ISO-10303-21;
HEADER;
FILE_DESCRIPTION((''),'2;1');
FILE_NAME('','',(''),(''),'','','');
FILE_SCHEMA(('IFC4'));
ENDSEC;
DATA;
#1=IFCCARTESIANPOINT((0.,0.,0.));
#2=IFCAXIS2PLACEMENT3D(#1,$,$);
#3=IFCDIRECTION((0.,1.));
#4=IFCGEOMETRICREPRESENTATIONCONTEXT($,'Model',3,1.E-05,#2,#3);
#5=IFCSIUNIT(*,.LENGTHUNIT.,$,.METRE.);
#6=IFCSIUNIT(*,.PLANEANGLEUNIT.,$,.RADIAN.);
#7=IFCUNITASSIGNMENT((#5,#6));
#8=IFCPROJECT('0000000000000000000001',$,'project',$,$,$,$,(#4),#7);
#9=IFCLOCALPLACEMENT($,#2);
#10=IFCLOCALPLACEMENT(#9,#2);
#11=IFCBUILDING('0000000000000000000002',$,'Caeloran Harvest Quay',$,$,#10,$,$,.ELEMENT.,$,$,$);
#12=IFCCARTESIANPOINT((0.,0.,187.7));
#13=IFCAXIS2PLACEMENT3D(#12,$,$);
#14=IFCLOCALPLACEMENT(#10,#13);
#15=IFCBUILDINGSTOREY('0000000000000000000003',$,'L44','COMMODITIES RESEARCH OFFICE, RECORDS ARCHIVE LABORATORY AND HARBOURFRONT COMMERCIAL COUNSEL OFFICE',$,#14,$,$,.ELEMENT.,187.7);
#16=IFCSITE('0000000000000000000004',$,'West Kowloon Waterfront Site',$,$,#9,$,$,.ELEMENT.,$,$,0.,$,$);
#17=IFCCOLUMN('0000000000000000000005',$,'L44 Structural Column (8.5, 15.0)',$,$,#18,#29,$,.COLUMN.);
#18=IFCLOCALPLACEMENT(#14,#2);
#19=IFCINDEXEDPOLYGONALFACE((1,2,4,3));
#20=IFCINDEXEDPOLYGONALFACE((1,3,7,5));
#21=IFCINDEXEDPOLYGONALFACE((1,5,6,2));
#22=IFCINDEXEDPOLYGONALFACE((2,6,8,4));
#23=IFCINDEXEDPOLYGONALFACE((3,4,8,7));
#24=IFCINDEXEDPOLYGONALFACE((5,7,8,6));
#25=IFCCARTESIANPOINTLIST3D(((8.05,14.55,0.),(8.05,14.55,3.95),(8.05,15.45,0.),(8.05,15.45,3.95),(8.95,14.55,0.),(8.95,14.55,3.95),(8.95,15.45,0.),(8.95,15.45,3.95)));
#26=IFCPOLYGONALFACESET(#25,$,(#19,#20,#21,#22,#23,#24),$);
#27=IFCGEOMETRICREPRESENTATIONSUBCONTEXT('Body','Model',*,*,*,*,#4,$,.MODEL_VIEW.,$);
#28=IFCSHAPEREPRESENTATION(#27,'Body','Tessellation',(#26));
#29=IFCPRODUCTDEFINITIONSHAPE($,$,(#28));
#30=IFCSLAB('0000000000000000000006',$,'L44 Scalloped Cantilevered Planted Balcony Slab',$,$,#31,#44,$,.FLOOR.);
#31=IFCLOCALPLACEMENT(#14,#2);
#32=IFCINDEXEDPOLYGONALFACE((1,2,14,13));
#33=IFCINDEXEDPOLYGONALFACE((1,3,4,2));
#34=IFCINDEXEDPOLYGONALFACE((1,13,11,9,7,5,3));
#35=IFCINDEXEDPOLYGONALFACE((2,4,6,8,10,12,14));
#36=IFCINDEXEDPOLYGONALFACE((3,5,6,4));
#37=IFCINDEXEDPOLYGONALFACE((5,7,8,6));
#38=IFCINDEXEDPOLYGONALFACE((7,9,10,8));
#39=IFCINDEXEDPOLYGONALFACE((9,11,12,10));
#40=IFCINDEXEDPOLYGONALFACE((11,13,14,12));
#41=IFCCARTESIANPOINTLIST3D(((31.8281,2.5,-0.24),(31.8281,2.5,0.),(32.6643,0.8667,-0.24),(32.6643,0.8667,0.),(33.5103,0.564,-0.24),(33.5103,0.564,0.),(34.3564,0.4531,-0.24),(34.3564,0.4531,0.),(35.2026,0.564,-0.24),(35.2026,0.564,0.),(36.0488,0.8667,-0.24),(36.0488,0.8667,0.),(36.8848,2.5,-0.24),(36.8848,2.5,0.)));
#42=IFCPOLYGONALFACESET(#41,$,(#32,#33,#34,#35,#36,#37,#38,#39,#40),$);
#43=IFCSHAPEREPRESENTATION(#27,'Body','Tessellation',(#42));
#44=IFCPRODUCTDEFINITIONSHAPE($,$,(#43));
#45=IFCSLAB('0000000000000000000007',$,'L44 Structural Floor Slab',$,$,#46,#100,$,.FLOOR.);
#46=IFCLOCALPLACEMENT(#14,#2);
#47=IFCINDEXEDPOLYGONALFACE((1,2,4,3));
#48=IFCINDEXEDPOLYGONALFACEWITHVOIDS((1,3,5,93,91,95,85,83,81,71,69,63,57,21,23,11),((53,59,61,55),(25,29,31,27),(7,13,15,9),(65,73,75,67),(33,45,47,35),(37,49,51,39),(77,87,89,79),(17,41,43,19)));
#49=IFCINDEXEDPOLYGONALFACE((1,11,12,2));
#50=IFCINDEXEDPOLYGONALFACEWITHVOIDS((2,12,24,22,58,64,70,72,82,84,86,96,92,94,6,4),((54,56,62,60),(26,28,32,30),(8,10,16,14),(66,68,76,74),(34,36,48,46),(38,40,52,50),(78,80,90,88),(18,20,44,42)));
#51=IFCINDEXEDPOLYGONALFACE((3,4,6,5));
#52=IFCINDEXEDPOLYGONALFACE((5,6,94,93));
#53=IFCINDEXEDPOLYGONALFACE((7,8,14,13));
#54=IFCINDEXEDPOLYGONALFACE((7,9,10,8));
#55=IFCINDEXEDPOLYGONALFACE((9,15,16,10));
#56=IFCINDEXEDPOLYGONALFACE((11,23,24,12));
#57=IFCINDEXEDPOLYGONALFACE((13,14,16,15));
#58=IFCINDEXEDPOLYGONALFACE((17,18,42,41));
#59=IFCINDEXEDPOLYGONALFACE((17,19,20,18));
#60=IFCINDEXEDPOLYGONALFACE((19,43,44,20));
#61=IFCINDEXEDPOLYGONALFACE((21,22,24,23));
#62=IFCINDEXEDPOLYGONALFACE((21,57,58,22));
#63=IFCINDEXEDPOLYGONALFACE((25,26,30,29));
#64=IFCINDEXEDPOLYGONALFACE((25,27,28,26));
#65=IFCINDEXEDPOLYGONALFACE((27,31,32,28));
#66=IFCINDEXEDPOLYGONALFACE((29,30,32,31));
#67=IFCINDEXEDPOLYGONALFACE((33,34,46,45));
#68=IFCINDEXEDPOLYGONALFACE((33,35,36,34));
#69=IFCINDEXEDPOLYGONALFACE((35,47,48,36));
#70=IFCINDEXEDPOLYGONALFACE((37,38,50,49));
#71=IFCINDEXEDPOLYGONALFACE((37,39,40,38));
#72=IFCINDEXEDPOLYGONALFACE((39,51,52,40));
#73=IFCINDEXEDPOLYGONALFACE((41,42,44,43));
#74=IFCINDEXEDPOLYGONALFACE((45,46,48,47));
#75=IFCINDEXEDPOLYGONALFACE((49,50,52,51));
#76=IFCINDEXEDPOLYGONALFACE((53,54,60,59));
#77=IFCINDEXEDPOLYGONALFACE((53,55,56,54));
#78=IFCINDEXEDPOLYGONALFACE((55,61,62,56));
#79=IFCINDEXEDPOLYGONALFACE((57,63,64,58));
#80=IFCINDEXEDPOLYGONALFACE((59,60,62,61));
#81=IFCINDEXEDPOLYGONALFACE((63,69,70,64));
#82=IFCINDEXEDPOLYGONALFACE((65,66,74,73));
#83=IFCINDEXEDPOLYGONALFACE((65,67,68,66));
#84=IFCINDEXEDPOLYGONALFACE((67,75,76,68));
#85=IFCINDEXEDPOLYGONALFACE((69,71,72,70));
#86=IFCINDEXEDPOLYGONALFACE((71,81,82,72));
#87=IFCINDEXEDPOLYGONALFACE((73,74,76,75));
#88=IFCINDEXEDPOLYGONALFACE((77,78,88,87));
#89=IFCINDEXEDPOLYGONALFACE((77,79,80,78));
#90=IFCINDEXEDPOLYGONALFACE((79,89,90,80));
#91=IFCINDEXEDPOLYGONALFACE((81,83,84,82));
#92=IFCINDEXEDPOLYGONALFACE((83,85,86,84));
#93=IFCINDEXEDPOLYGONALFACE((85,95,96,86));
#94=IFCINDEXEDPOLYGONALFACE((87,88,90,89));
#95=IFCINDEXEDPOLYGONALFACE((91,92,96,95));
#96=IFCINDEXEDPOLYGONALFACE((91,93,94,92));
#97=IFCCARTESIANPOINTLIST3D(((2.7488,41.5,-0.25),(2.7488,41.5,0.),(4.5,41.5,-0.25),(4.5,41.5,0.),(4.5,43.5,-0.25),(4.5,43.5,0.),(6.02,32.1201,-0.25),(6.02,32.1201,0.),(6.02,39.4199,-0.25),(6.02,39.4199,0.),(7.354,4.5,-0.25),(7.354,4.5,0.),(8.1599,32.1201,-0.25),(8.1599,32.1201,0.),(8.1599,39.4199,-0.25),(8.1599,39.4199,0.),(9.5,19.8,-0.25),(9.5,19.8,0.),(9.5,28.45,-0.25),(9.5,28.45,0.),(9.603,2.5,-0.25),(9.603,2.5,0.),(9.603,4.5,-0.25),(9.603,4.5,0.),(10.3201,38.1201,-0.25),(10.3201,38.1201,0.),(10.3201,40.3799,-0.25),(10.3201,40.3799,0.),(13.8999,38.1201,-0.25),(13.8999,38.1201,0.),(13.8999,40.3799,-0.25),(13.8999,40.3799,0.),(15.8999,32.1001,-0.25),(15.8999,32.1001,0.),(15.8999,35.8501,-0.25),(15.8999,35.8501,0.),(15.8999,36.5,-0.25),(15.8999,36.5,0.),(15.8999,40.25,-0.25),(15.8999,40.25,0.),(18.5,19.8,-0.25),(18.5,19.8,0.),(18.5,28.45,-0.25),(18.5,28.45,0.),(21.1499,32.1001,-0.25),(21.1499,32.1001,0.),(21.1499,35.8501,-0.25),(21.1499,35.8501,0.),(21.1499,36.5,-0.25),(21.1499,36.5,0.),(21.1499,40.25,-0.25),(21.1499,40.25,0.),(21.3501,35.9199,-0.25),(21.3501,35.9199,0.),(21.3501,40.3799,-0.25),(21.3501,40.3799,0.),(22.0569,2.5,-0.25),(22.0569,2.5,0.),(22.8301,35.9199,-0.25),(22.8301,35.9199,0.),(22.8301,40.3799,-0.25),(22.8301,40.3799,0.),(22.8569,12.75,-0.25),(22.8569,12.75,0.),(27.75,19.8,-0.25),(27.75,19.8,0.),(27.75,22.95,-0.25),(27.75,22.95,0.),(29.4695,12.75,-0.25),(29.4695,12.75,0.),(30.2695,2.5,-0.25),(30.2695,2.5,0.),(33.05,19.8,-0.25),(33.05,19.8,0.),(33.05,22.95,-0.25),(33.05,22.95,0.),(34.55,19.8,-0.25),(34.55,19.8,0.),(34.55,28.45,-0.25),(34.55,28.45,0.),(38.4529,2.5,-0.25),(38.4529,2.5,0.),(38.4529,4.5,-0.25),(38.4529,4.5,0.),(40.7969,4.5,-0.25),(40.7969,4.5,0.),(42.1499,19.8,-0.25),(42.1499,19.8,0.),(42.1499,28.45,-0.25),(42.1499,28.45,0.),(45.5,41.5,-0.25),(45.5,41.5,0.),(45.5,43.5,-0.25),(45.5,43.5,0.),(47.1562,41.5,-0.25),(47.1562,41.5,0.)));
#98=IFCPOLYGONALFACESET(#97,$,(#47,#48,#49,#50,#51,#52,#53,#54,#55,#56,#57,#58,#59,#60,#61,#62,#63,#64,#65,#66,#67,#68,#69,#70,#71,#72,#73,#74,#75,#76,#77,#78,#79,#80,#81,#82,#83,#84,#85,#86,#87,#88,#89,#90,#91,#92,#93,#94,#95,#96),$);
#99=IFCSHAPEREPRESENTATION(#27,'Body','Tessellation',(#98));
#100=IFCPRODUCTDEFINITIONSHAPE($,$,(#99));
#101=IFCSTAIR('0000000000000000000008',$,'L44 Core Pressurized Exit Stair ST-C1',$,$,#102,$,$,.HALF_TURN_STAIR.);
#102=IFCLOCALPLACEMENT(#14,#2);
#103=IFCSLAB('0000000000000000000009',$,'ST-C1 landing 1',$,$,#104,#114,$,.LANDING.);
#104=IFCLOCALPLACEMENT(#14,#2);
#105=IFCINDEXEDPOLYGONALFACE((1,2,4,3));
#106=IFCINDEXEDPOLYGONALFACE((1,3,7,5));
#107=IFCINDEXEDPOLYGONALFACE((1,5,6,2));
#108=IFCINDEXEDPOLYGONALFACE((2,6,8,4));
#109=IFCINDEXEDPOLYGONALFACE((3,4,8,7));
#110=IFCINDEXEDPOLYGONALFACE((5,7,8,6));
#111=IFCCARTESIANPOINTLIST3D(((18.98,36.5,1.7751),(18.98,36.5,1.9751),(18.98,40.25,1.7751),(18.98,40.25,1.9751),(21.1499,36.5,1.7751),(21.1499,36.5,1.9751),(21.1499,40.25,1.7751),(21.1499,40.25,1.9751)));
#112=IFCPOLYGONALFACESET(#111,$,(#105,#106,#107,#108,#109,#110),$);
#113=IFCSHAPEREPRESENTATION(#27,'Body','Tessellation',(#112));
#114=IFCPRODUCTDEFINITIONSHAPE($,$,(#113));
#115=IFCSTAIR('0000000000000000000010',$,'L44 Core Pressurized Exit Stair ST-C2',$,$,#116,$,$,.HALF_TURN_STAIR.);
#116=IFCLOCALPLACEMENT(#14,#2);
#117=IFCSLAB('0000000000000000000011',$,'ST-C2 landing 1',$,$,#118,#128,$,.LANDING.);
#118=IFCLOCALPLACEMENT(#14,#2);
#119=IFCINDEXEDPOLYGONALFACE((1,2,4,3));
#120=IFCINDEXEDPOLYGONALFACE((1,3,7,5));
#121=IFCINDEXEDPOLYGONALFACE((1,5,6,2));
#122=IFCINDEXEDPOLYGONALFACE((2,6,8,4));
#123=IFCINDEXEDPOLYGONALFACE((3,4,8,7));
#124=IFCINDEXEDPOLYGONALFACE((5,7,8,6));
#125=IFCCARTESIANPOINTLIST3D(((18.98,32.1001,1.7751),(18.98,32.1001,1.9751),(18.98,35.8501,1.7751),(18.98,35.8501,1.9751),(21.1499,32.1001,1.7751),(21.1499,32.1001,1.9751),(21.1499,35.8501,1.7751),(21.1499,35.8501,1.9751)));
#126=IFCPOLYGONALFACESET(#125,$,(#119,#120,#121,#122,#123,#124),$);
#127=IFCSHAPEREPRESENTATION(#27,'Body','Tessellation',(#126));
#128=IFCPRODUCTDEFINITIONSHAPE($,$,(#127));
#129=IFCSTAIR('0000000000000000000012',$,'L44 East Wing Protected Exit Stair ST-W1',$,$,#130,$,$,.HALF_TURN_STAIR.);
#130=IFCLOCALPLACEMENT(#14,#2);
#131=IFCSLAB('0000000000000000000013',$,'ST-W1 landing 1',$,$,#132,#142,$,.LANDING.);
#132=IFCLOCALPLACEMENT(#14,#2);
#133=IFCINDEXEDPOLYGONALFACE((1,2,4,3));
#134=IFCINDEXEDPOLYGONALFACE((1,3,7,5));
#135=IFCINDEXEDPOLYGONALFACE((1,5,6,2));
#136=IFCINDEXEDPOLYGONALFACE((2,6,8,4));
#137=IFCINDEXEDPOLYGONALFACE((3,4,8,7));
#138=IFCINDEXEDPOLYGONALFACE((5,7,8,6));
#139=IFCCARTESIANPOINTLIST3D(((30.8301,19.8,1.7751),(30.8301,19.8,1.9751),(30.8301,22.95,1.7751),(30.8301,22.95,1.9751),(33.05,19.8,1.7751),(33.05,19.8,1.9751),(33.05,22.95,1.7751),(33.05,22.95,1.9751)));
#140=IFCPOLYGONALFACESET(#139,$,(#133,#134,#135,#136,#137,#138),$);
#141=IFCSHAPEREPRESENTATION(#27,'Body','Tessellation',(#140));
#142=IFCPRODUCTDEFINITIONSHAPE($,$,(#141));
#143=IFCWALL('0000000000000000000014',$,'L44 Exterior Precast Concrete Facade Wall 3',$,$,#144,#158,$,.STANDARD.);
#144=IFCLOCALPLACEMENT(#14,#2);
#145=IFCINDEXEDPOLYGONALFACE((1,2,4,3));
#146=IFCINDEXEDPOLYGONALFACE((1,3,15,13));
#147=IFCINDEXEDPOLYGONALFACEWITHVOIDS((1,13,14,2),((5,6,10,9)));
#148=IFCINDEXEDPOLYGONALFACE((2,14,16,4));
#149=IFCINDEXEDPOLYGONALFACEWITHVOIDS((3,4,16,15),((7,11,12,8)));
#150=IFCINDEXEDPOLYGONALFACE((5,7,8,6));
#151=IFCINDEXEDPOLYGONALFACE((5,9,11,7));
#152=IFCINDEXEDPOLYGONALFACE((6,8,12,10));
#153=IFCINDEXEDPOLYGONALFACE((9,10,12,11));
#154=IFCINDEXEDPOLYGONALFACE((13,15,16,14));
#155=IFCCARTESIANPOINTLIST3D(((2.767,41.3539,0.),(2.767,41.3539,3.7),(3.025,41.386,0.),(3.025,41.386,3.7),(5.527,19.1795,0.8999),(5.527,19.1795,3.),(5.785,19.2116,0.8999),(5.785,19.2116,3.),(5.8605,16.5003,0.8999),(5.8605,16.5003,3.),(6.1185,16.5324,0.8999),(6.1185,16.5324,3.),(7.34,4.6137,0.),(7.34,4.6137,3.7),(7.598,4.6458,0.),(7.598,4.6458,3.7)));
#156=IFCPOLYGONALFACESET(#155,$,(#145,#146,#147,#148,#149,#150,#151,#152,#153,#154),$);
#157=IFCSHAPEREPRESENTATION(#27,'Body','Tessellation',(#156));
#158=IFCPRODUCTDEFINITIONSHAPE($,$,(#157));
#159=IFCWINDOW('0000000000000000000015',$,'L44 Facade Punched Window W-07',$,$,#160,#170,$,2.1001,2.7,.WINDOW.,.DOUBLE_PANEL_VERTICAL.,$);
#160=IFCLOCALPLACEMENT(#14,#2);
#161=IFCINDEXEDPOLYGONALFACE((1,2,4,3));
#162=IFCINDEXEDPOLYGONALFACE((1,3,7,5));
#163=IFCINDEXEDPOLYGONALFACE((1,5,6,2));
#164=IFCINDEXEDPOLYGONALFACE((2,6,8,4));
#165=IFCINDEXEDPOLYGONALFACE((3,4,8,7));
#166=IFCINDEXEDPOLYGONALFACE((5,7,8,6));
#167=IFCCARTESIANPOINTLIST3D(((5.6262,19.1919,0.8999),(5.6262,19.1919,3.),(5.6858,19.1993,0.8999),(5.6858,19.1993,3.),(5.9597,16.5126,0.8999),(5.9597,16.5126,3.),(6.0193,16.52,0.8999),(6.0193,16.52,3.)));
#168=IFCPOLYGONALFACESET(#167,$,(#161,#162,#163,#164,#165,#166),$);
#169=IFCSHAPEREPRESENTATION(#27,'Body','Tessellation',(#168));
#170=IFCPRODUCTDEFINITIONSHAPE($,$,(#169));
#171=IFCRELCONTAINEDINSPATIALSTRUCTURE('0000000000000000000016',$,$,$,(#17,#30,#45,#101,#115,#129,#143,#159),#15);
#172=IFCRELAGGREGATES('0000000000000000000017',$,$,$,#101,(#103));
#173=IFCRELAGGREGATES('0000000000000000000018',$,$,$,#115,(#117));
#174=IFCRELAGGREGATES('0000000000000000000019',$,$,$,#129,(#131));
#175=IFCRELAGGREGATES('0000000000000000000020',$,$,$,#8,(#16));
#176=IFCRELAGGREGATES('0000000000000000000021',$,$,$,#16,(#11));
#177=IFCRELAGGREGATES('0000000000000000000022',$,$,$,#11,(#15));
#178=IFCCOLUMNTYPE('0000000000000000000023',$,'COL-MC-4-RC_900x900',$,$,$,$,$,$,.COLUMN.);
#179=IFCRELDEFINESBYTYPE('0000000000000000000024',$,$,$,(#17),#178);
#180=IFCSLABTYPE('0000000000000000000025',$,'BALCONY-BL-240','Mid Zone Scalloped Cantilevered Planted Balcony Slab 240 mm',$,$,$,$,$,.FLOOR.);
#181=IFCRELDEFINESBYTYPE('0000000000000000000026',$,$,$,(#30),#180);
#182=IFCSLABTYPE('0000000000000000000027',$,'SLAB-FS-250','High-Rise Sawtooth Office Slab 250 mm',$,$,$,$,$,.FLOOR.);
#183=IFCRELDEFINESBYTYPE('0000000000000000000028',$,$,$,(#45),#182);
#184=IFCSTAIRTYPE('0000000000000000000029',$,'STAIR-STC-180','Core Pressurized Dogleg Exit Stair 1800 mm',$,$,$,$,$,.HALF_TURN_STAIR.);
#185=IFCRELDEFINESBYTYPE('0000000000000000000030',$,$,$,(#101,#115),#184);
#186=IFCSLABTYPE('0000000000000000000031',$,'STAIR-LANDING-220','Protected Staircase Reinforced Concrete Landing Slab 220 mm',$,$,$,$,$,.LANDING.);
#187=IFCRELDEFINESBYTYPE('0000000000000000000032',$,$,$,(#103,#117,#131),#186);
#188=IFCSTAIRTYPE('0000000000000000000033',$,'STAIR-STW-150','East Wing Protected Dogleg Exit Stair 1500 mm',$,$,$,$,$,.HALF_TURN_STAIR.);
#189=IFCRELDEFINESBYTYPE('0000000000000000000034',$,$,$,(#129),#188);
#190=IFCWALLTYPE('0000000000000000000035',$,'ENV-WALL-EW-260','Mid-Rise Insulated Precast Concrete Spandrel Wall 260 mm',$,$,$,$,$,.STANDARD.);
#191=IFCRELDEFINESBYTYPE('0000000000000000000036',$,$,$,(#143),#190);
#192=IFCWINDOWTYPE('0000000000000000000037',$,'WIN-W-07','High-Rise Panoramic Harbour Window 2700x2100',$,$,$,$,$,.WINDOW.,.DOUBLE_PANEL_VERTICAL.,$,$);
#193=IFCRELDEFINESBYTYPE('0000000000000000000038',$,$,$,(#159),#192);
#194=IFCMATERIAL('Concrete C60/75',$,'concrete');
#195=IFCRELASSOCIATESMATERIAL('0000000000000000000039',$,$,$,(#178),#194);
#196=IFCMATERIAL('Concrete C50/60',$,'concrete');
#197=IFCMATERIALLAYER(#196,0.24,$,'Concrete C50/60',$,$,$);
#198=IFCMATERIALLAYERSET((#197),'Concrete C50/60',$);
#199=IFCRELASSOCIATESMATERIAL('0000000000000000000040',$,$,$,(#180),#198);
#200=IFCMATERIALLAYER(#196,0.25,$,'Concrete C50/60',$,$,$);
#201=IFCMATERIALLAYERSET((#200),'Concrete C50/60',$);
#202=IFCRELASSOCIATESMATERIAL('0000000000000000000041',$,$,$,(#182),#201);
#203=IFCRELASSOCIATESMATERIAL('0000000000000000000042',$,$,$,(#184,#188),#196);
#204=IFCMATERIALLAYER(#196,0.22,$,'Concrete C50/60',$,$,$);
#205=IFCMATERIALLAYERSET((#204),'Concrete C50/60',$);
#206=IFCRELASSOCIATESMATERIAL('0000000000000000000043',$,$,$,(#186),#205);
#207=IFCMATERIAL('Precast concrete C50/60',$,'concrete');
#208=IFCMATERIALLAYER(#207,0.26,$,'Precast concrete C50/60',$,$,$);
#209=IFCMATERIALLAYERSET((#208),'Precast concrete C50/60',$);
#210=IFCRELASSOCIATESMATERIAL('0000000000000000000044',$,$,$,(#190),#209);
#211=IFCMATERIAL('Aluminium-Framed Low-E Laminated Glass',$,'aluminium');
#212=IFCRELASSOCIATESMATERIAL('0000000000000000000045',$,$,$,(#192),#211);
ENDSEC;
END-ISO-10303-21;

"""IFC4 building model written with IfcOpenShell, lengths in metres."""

from ifc_helpers import new_model, si_unit, direction, frame, frame_2d, origin, origin_2d, place, context, subcontext, project, spatial, polyline, rectangle, outline, extrude, material, layer, layer_set, material_profile, profile_set, type_object, element, fill, aggregate, save


model = new_model("IFC4")

# Units and contexts
model_context = context("Model", 3, precision=1e-05, world=origin(), true_north=direction((0.0, 1.0)))
body_context = subcontext(model_context, "Body", "Model", "MODEL_VIEW")
ifc_project = project(units=[si_unit("LENGTHUNIT", "METRE"), si_unit("PLANEANGLEUNIT", "RADIAN")], contexts=[model_context])

# Site, building, storey
site_placement = place(None, origin())
site = spatial("IfcSite", under=ifc_project, at=site_placement, Name="West Kowloon Waterfront Site", CompositionType="ELEMENT", RefElevation=0.0)
building_placement = place(site_placement, origin())
building = spatial("IfcBuilding", under=site, at=building_placement, Name="Caeloran Harvest Quay", CompositionType="ELEMENT")
storey_placement = place(building_placement, frame((0.0, 0.0, 187.7)))
storey = spatial("IfcBuildingStorey", under=building, at=storey_placement, Name="L44", Description="COMMODITIES RESEARCH OFFICE, RECORDS ARCHIVE LABORATORY AND HARBOURFRONT COMMERCIAL COUNSEL OFFICE", CompositionType="ELEMENT", Elevation=187.7)

# Column
ifc_material_1 = material(Name="Concrete C60/75", Category="concrete")
ifc_material_profile = material_profile(ifc_material_1, rectangle(XDim=0.8999, YDim=0.8999, at=origin_2d()), Name="RC 900x900")
ifc_profile_set = profile_set([ifc_material_profile], Name="Concrete C60/75")
column_type = type_object("IfcColumnType", Name="COL-MC-4-RC_900x900", PredefinedType="COLUMN", material=ifc_profile_set)
column_placement = place(storey_placement, frame((8.5, 15.0, 0.0), z_axis=(0.0, 0.0, 1.0), x_axis=(1.0, 0.0, 0.0)))
element("IfcColumn", 1, at=column_placement, inside=storey, type_object=column_type, Name="L44 Structural Column (8.5, 15.0)", PredefinedType="COLUMN", context=body_context, shape_type="SweptSolid", body=[
    extrude(rectangle(XDim=0.8999, YDim=0.8999, at=origin_2d()), origin(), (0.0, 0.0, 1.0), 3.95),
])

# Slabs
ifc_material_2 = material(Name="Concrete C50/60", Category="concrete")
ifc_layer_1 = layer(ifc_material_2, 0.24, Name="Concrete C50/60")
ifc_layer_set_1 = layer_set([ifc_layer_1], Name="Concrete C50/60")
slab_type_1 = type_object("IfcSlabType", Name="BALCONY-BL-240", Description="Mid Zone Scalloped Cantilevered Planted Balcony Slab 240 mm", PredefinedType="FLOOR", material=ifc_layer_set_1)
slab_1_placement = place(storey_placement, frame((0.0, 0.0, -0.24)))
element("IfcSlab", 2, at=slab_1_placement, inside=storey, type_object=slab_type_1, Name="L44 Scalloped Cantilevered Planted Balcony Slab", PredefinedType="FLOOR", context=body_context, shape_type="SweptSolid", body=[
    extrude(outline(polyline([(36.0488, 0.8667), (35.2026, 0.564), (34.3564, 0.4531), (33.5103, 0.564), (32.6643, 0.8667), (31.8281, 2.5), (36.8848, 2.5), (36.0488, 0.8667)])), origin(), (0.0, 0.0, 1.0), 0.24),
])
ifc_layer_2 = layer(ifc_material_2, 0.25, Name="Concrete C50/60")
ifc_layer_set_2 = layer_set([ifc_layer_2], Name="Concrete C50/60")
slab_type_2 = type_object("IfcSlabType", Name="SLAB-FS-250", Description="High-Rise Sawtooth Office Slab 250 mm", PredefinedType="FLOOR", material=ifc_layer_set_2)
slab_2_placement = place(storey_placement, frame((0.0, 0.0, -0.25)))
element("IfcSlab", 3, at=slab_2_placement, inside=storey, type_object=slab_type_2, Name="L44 Structural Floor Slab", PredefinedType="FLOOR", context=body_context, shape_type="SweptSolid", body=[
    extrude(outline(polyline([(9.603, 2.5), (22.0569, 2.5), (22.8569, 12.75), (29.4695, 12.75), (30.2695, 2.5), (38.4529, 2.5), (38.4529, 4.5), (40.7969, 4.5), (47.1562, 41.5), (45.5, 41.5), (45.5, 43.5), (4.5, 43.5), (4.5, 41.5), (2.7488, 41.5), (7.354, 4.5), (9.603, 4.5), (9.603, 2.5)]), holes=[polyline([(27.75, 19.8), (27.75, 22.95), (33.05, 22.95), (33.05, 19.8), (27.75, 19.8)]), polyline([(18.5, 19.8), (9.5, 19.8), (9.5, 28.45), (18.5, 28.45), (18.5, 19.8)]), polyline([(42.1499, 19.8), (34.55, 19.8), (34.55, 28.45), (42.1499, 28.45), (42.1499, 19.8)]), polyline([(15.8999, 32.1001), (15.8999, 35.8501), (21.1499, 35.8501), (21.1499, 32.1001), (15.8999, 32.1001)]), polyline([(8.1599, 32.1201), (6.02, 32.1201), (6.02, 39.4199), (8.1599, 39.4199), (8.1599, 32.1201)]), polyline([(22.8301, 35.9199), (21.3501, 35.9199), (21.3501, 40.3799), (22.8301, 40.3799), (22.8301, 35.9199)]), polyline([(15.8999, 36.5), (15.8999, 40.25), (21.1499, 40.25), (21.1499, 36.5), (15.8999, 36.5)]), polyline([(13.8999, 38.1201), (10.3201, 38.1201), (10.3201, 40.3799), (13.8999, 40.3799), (13.8999, 38.1201)])]), origin(), (0.0, 0.0, 1.0), 0.25),
])

# Stairs, slabs
stair_type_1 = type_object("IfcStairType", Name="STAIR-STC-180", Description="Core Pressurized Dogleg Exit Stair 1800 mm", PredefinedType="HALF_TURN_STAIR", material=ifc_material_2)
stair_1_placement = place(storey_placement, origin())
stair_1 = element("IfcStair", 4, at=stair_1_placement, inside=storey, type_object=stair_type_1, Name="L44 Core Pressurized Exit Stair ST-C1", PredefinedType="HALF_TURN_STAIR")
ifc_layer_3 = layer(ifc_material_2, 0.22, Name="Concrete C50/60")
ifc_layer_set_3 = layer_set([ifc_layer_3], Name="Concrete C50/60")
slab_type_3 = type_object("IfcSlabType", Name="STAIR-LANDING-220", Description="Protected Staircase Reinforced Concrete Landing Slab 220 mm", PredefinedType="LANDING", material=ifc_layer_set_3)
slab_3_placement = place(storey_placement, frame((0.0, 0.0, 1.7751)))
slab_3 = element("IfcSlab", 5, at=slab_3_placement, type_object=slab_type_3, Name="ST-C1 landing 1", PredefinedType="LANDING", context=body_context, shape_type="SweptSolid", body=[
    extrude(outline(polyline([(18.98, 36.5), (21.1499, 36.5), (21.1499, 40.25), (18.98, 40.25), (18.98, 36.5)])), origin(), (0.0, 0.0, 1.0), 0.2),
])
aggregate(stair_1, [slab_3])
stair_2_placement = place(storey_placement, origin())
stair_2 = element("IfcStair", 6, at=stair_2_placement, inside=storey, type_object=stair_type_1, Name="L44 Core Pressurized Exit Stair ST-C2", PredefinedType="HALF_TURN_STAIR")
slab_4_placement = place(storey_placement, frame((0.0, 0.0, 1.7751)))
slab_4 = element("IfcSlab", 7, at=slab_4_placement, type_object=slab_type_3, Name="ST-C2 landing 1", PredefinedType="LANDING", context=body_context, shape_type="SweptSolid", body=[
    extrude(outline(polyline([(18.98, 32.1001), (21.1499, 32.1001), (21.1499, 35.8501), (18.98, 35.8501), (18.98, 32.1001)])), origin(), (0.0, 0.0, 1.0), 0.2),
])
aggregate(stair_2, [slab_4])
stair_type_2 = type_object("IfcStairType", Name="STAIR-STW-150", Description="East Wing Protected Dogleg Exit Stair 1500 mm", PredefinedType="HALF_TURN_STAIR", material=ifc_material_2)
stair_3_placement = place(storey_placement, origin())
stair_3 = element("IfcStair", 8, at=stair_3_placement, inside=storey, type_object=stair_type_2, Name="L44 East Wing Protected Exit Stair ST-W1", PredefinedType="HALF_TURN_STAIR")
slab_5_placement = place(storey_placement, frame((0.0, 0.0, 1.7751)))
slab_5 = element("IfcSlab", 9, at=slab_5_placement, type_object=slab_type_3, Name="ST-W1 landing 1", PredefinedType="LANDING", context=body_context, shape_type="SweptSolid", body=[
    extrude(outline(polyline([(30.8301, 19.8), (33.05, 19.8), (33.05, 22.95), (30.8301, 22.95), (30.8301, 19.8)])), origin(), (0.0, 0.0, 1.0), 0.2),
])
aggregate(stair_3, [slab_5])

# Wall, opening, window
ifc_material_3 = material(Name="Precast concrete C50/60", Category="concrete")
ifc_layer_4 = layer(ifc_material_3, 0.26, Name="Precast concrete C50/60")
ifc_layer_set_4 = layer_set([ifc_layer_4], Name="Precast concrete C50/60")
wall_type_1 = type_object("IfcWallType", Name="ENV-WALL-EW-260", Description="Mid-Rise Insulated Precast Concrete Spandrel Wall 260 mm", PredefinedType="STANDARD", material=ifc_layer_set_4)
wall_1_placement = place(storey_placement, frame((7.469, 4.6299, 0.0), z_axis=(0.0, 0.0, 1.0), x_axis=(-0.123515, 0.992343, 0.0)))
wall_1 = element("IfcWall", 10, at=wall_1_placement, inside=storey, type_object=wall_type_1, Name="L44 Exterior Precast Concrete Facade Wall 3", PredefinedType="STANDARD", context=body_context, shape_type="SweptSolid", body=[
    extrude(rectangle(XDim=37.0237, YDim=0.26, at=frame_2d((18.5117, 0.0))), origin(), (0.0, 0.0, 1.0), 3.7),
])
opening_1_placement = place(wall_1_placement, frame((11.978, 0.0, 0.8999)))
opening_1 = element("IfcOpeningElement", 11, at=opening_1_placement, cuts=wall_1, PredefinedType="OPENING", context=body_context, shape_type="SweptSolid", body=[
    extrude(rectangle(XDim=2.7, YDim=2.1001, at=frame_2d((1.3501, 1.05))), frame((0.0, 0.1401, 0.0), z_axis=(0.0, -1.0, 0.0), x_axis=(1.0, 0.0, 0.0)), (0.0, 0.0, 1.0), 0.28),
])
ifc_material_4 = material(Name="Aluminium-Framed Low-E Laminated Glass", Category="aluminium")
window_type = type_object("IfcWindowType", Name="WIN-W-07", Description="High-Rise Panoramic Harbour Window 2700x2100", PartitioningType="DOUBLE_PANEL_VERTICAL", PredefinedType="WINDOW", material=ifc_material_4)
window_placement = place(opening_1_placement, origin())
window = element("IfcWindow", 12, at=window_placement, inside=storey, type_object=window_type, Name="L44 Facade Punched Window W-07", OverallHeight=2.1001, OverallWidth=2.7, PartitioningType="DOUBLE_PANEL_VERTICAL", PredefinedType="WINDOW", context=body_context, shape_type="SweptSolid", body=[
    extrude(rectangle(XDim=2.7, YDim=2.1001, at=frame_2d((1.3501, 1.05))), frame((0.0, 0.03, 0.0), z_axis=(0.0, -1.0, 0.0), x_axis=(1.0, 0.0, 0.0)), (0.0, 0.0, 1.0), 0.0601),
])
fill(opening_1, window)

save(model, "model.ifc")
